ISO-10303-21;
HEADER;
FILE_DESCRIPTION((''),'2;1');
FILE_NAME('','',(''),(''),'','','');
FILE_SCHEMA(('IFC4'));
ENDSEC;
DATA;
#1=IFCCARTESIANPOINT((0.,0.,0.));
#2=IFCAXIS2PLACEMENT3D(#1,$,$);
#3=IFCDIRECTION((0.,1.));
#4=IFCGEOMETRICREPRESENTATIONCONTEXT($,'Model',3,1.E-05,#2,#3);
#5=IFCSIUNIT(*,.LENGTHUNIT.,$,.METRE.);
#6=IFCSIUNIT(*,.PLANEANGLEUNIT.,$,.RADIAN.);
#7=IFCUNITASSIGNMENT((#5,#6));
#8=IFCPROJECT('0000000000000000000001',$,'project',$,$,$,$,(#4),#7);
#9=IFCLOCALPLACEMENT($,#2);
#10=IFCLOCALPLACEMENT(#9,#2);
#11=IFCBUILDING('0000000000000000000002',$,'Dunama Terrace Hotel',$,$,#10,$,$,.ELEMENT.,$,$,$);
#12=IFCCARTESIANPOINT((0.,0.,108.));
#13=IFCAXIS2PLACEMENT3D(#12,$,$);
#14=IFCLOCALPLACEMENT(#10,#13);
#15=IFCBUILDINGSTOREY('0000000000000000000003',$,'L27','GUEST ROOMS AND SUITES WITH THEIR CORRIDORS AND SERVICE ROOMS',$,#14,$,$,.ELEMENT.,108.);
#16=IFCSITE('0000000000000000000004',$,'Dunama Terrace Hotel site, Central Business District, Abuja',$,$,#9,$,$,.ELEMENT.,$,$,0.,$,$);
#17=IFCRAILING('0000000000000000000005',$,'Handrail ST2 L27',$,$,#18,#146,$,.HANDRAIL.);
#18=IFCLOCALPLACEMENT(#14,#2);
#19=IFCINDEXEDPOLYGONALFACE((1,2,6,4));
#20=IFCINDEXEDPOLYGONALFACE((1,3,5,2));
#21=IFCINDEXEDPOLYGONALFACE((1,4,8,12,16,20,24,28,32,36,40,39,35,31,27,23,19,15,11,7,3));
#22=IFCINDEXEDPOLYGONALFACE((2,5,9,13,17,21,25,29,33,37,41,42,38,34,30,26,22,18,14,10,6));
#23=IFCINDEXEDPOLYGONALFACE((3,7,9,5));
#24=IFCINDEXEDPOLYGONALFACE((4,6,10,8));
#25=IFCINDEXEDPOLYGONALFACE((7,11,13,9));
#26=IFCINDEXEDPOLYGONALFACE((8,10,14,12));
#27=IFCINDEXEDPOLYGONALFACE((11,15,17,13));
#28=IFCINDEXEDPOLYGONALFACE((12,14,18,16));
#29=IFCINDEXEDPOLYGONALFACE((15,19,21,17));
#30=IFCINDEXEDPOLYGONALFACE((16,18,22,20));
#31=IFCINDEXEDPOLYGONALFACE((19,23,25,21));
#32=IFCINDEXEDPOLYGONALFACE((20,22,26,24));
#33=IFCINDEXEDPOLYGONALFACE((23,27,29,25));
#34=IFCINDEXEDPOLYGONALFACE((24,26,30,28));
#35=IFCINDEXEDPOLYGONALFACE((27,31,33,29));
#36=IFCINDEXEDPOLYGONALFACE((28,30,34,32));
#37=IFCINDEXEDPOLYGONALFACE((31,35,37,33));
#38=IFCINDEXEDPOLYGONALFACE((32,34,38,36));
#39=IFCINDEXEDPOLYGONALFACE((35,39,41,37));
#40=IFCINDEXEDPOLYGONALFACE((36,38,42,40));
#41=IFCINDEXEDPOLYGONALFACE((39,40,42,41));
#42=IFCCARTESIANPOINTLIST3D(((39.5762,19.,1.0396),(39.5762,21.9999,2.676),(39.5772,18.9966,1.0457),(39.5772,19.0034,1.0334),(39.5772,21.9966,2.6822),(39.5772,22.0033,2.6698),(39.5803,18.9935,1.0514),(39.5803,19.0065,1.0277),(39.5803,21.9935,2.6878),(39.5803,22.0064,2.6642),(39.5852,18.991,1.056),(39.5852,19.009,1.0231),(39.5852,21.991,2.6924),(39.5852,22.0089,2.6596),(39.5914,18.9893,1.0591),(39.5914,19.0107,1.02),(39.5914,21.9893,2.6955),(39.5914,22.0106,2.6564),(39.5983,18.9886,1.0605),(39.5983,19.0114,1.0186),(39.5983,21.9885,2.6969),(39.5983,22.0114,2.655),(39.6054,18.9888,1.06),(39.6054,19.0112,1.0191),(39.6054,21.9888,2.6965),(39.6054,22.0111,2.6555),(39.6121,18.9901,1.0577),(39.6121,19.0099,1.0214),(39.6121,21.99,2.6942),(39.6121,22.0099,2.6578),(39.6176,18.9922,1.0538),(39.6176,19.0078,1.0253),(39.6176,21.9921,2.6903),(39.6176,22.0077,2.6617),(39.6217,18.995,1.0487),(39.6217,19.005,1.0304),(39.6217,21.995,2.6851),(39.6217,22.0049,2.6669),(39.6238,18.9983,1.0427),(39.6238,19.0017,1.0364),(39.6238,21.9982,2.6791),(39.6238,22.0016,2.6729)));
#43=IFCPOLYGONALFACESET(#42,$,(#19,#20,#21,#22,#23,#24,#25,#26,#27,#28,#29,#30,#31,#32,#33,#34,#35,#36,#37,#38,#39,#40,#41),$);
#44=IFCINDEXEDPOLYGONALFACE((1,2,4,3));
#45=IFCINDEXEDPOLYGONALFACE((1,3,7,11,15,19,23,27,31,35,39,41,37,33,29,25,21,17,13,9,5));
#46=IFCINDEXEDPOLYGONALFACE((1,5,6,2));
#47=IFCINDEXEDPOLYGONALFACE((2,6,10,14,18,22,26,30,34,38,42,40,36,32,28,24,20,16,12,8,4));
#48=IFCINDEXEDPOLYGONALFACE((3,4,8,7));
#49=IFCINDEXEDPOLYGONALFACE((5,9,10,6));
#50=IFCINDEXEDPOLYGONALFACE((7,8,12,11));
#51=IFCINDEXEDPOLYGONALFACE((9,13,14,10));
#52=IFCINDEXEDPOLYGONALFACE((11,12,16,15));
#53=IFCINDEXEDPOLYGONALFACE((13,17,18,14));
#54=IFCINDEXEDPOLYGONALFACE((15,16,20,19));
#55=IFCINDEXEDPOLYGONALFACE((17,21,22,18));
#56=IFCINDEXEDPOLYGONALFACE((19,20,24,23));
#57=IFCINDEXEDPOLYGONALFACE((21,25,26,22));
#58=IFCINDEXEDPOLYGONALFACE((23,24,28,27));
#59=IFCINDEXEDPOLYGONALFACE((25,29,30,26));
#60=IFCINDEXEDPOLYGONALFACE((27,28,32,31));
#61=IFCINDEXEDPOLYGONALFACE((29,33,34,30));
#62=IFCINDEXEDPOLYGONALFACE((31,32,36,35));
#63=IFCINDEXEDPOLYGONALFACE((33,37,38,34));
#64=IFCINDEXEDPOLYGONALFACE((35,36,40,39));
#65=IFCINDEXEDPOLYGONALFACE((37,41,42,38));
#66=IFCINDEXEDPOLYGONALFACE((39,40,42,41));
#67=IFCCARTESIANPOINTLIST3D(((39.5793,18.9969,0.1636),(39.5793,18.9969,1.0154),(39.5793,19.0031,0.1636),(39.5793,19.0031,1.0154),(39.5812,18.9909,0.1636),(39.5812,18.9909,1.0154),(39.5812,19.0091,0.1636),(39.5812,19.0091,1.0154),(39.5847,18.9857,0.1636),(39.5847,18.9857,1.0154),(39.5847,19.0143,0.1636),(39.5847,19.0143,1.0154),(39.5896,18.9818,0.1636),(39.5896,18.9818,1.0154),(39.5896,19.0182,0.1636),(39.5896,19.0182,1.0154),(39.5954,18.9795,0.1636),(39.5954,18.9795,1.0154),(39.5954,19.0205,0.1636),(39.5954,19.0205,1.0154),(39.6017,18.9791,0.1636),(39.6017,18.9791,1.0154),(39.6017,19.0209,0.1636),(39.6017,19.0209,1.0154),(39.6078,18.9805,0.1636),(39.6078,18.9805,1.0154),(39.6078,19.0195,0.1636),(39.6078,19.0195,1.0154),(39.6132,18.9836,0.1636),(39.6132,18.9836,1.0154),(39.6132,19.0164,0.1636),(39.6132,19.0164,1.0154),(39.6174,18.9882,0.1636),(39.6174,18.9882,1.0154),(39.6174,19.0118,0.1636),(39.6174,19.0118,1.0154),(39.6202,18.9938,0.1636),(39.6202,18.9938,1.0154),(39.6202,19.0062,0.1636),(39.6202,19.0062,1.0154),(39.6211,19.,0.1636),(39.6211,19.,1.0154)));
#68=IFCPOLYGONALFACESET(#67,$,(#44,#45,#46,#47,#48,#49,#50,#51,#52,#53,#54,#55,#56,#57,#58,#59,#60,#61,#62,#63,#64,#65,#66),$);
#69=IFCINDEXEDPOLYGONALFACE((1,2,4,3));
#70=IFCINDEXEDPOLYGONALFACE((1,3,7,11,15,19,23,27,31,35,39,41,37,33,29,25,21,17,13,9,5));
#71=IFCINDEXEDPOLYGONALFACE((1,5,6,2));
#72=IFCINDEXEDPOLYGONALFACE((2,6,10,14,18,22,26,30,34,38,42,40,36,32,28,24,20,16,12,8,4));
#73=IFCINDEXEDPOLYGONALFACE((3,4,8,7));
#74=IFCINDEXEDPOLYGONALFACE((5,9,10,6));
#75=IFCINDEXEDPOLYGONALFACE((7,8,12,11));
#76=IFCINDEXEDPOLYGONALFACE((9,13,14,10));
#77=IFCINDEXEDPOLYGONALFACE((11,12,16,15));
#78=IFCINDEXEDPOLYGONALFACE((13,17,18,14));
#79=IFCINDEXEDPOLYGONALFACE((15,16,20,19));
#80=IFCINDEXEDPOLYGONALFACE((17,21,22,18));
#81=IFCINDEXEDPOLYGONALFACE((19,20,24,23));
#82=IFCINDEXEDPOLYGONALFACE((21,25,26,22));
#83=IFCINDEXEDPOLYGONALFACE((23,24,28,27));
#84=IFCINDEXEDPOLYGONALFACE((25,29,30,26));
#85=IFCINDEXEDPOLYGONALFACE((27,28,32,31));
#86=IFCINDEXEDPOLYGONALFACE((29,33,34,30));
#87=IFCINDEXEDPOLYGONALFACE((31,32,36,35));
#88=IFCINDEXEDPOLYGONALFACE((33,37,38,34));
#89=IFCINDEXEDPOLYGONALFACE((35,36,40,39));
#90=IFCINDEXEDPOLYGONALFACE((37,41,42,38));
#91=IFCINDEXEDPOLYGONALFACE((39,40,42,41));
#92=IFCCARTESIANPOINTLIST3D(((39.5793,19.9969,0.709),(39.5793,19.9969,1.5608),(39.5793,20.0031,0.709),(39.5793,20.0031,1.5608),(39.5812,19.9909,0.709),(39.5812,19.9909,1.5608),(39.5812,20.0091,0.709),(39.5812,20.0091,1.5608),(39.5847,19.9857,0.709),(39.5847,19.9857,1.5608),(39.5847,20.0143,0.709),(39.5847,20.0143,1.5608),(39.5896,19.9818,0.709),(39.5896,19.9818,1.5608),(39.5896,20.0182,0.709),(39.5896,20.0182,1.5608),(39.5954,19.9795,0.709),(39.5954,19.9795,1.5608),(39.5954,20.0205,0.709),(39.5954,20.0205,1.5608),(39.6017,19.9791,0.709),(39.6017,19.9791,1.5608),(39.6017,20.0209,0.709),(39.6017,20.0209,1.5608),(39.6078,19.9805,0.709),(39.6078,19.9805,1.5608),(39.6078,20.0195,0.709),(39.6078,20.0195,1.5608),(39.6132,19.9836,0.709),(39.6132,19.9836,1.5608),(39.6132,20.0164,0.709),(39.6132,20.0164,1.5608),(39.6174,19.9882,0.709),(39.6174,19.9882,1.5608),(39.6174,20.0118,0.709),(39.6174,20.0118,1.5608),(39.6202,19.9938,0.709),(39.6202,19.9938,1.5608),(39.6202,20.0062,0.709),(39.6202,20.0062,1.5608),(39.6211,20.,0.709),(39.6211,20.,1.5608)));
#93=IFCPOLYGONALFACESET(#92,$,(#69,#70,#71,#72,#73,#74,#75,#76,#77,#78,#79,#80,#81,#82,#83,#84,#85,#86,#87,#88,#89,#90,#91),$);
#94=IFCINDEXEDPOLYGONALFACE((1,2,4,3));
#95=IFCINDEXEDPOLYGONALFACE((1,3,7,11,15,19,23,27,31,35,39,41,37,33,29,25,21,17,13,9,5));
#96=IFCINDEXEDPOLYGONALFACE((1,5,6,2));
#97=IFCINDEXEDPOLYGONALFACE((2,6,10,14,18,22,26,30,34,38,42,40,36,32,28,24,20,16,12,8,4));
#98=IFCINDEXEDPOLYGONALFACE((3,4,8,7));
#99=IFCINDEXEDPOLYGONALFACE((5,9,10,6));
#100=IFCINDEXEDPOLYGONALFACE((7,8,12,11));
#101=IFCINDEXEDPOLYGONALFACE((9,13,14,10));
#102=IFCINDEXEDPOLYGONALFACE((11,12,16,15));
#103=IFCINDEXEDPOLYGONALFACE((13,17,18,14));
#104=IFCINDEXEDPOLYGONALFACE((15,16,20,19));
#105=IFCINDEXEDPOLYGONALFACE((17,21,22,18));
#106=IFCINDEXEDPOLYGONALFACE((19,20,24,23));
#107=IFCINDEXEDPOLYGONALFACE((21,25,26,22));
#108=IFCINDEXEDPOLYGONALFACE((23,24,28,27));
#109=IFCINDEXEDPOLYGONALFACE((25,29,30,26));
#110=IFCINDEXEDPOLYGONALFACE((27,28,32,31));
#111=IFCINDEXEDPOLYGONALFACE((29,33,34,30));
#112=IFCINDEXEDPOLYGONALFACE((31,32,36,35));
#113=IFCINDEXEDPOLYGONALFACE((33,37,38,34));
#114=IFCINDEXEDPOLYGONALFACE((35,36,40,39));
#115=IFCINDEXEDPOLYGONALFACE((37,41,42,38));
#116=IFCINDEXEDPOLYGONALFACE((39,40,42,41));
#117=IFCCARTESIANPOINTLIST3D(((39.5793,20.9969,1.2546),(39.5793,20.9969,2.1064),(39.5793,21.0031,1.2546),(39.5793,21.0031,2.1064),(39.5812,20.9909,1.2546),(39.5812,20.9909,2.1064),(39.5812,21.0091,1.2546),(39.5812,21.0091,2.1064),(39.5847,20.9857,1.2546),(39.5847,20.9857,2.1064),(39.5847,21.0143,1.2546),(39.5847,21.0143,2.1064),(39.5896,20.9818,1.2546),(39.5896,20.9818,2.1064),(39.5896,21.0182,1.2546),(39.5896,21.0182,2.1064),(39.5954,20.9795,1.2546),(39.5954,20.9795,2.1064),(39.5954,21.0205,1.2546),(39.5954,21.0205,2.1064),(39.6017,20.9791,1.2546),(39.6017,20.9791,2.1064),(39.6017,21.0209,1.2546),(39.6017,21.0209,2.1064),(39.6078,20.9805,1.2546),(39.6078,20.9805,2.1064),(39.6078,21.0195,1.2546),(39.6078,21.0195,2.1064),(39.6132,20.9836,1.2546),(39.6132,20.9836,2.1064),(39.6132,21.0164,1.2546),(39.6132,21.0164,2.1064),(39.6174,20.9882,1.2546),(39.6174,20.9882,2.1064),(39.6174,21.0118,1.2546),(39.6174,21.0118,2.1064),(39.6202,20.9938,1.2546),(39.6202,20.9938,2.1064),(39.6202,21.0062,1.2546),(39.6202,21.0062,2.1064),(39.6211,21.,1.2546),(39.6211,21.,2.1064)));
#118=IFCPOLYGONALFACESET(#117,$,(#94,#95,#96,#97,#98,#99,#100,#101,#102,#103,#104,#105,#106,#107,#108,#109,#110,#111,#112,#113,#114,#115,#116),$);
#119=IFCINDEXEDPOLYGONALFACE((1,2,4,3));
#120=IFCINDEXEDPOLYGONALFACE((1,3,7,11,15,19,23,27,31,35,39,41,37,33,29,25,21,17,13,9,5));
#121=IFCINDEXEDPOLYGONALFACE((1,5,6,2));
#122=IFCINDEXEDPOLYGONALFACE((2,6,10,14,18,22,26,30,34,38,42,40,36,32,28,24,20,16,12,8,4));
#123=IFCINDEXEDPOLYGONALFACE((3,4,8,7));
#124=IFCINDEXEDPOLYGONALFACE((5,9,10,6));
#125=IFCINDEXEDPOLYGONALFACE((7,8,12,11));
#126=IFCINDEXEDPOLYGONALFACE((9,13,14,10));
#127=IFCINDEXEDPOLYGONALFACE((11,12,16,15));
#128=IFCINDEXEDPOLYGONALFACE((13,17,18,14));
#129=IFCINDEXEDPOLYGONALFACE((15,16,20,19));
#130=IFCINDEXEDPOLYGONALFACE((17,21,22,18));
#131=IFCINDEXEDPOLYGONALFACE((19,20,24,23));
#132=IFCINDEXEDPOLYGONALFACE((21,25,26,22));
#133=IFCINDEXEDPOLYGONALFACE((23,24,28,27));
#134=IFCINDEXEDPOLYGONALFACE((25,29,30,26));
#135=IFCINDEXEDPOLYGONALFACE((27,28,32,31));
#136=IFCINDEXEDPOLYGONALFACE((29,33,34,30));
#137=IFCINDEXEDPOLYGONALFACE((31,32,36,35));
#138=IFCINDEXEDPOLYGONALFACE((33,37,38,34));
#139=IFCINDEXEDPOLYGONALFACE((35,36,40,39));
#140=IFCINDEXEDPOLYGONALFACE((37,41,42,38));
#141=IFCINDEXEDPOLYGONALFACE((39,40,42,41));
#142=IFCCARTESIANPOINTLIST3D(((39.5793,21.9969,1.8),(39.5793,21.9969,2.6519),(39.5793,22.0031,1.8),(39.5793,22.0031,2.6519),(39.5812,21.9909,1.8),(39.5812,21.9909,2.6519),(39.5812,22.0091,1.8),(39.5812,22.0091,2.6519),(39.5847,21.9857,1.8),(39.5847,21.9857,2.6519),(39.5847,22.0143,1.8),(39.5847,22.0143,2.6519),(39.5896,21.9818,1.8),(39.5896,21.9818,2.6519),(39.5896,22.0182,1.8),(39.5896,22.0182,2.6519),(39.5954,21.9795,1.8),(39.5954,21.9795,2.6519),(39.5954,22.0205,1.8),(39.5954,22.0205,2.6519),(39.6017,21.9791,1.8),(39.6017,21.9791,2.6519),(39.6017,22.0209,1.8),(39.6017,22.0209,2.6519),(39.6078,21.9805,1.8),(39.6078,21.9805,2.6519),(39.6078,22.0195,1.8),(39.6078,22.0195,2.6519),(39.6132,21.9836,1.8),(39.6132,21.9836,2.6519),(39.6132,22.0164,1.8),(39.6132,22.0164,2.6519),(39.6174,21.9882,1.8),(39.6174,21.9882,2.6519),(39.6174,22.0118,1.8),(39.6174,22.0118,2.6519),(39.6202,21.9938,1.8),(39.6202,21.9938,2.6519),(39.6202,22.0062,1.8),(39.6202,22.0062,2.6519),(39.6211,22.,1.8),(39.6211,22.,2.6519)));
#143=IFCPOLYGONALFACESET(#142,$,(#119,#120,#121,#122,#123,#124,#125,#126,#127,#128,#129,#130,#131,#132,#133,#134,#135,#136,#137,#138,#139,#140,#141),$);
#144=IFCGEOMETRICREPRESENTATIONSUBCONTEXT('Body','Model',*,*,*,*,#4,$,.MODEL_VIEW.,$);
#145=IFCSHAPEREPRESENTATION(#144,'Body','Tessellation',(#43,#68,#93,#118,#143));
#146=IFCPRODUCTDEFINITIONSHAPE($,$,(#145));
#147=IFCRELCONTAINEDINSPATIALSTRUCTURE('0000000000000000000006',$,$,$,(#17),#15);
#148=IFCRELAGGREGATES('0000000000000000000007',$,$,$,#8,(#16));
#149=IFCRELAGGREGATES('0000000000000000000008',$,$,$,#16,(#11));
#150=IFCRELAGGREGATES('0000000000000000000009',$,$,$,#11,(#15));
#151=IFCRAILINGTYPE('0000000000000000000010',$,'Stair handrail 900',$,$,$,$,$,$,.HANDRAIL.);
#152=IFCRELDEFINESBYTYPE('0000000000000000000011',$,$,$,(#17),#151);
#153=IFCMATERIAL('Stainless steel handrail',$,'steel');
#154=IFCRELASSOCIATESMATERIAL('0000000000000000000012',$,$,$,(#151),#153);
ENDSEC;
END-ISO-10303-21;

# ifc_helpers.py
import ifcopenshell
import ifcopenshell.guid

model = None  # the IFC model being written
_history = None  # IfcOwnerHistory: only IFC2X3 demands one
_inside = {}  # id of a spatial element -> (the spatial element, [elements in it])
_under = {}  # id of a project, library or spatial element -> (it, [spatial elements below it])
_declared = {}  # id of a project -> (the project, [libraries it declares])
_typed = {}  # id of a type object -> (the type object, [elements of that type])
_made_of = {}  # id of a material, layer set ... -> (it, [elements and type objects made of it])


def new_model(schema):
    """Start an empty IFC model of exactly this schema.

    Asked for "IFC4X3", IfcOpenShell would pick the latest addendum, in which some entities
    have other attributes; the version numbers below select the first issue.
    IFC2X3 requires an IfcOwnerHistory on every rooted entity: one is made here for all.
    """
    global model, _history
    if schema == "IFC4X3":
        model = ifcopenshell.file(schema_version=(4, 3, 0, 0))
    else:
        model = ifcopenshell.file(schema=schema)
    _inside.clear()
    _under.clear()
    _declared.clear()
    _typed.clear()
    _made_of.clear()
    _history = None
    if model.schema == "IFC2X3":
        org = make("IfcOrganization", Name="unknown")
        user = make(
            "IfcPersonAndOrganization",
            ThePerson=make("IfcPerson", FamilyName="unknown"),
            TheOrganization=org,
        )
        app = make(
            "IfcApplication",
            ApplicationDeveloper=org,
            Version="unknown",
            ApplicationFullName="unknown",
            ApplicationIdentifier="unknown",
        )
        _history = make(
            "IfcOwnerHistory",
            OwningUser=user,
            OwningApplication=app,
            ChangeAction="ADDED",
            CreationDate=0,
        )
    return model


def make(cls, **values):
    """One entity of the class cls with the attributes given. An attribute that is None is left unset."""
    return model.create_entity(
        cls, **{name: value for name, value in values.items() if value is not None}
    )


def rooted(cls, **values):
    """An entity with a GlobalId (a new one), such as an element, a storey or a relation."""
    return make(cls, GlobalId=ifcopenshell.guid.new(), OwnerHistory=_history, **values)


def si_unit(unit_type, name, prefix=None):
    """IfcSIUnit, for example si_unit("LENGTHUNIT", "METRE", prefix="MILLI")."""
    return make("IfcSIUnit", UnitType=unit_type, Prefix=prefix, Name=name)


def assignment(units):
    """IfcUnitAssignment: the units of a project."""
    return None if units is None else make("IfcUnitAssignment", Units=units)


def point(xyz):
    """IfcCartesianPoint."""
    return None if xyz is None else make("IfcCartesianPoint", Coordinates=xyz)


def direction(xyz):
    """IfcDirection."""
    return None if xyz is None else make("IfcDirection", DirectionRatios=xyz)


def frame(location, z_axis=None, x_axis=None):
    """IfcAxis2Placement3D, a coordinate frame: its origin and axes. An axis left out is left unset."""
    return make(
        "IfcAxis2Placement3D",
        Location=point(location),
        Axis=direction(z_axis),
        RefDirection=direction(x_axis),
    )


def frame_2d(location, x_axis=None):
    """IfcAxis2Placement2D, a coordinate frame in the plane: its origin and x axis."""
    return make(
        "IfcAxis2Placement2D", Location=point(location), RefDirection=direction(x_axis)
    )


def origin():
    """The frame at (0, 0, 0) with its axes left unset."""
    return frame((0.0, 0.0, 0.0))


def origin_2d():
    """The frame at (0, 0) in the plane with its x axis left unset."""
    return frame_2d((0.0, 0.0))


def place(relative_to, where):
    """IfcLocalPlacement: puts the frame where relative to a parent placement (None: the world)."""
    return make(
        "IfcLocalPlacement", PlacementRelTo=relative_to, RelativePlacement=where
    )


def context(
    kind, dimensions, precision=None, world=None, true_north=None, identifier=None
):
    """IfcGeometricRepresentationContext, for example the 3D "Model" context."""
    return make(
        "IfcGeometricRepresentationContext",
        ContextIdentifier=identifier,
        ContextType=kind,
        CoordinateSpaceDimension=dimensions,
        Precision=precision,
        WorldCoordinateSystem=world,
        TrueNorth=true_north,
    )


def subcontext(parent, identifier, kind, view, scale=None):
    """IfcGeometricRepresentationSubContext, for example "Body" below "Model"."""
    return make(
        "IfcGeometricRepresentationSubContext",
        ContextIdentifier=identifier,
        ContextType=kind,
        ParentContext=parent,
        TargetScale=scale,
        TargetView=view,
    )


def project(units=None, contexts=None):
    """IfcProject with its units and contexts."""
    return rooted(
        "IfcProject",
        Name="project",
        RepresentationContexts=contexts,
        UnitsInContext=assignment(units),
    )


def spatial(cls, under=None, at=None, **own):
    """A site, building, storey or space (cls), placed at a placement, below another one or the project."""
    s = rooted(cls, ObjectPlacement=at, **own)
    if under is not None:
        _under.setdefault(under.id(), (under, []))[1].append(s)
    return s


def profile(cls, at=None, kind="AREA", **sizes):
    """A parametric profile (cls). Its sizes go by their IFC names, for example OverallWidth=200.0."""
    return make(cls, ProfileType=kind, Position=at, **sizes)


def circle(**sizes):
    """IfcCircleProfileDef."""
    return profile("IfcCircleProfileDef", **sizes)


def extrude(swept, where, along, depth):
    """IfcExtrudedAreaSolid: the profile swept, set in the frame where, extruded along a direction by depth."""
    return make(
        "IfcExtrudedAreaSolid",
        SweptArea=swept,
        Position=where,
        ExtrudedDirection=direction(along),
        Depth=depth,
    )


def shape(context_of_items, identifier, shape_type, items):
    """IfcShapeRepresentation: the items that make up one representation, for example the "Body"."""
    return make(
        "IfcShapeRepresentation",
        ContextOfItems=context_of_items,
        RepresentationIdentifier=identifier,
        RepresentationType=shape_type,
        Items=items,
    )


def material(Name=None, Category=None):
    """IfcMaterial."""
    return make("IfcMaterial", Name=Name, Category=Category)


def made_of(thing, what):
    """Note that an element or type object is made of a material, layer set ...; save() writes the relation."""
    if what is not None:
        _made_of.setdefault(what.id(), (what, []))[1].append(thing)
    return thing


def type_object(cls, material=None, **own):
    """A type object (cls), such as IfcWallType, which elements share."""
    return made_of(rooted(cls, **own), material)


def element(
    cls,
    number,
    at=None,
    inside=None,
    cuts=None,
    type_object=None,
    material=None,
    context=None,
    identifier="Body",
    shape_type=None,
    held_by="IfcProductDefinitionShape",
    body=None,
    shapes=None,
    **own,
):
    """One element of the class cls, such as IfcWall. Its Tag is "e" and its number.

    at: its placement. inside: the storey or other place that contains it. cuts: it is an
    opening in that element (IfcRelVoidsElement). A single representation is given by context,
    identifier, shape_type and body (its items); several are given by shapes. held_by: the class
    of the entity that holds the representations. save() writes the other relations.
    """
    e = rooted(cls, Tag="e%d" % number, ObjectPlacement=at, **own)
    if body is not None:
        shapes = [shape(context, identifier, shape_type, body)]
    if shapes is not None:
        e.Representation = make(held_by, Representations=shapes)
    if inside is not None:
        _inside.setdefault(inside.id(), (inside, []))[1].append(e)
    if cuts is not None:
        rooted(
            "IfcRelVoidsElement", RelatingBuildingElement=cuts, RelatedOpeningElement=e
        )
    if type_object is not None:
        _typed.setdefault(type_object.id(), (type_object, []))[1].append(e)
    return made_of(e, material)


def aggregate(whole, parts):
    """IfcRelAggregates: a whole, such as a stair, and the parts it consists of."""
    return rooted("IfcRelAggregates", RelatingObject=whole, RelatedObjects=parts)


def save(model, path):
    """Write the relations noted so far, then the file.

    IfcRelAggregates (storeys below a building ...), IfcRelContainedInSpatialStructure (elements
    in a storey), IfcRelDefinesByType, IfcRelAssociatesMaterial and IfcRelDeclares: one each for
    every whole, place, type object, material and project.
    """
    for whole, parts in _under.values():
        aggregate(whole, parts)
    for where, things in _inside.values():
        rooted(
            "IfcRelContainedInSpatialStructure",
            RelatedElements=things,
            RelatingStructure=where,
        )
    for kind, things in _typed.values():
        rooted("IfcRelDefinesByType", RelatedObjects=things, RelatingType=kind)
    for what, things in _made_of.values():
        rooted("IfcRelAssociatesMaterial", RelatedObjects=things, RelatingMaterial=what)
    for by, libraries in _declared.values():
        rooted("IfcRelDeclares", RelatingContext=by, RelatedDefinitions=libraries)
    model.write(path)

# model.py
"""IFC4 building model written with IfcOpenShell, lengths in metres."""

from ifc_helpers import new_model, si_unit, direction, frame, origin, origin_2d, place, context, subcontext, project, spatial, circle, extrude, material, type_object, element, save


model = new_model("IFC4")

# Units and contexts
model_context = context("Model", 3, precision=1e-05, world=origin(), true_north=direction((0.0, 1.0)))
body_context = subcontext(model_context, "Body", "Model", "MODEL_VIEW")
ifc_project = project(units=[si_unit("LENGTHUNIT", "METRE"), si_unit("PLANEANGLEUNIT", "RADIAN")], contexts=[model_context])

# Site, building, storey
site_placement = place(None, origin())
site = spatial("IfcSite", under=ifc_project, at=site_placement, Name="Dunama Terrace Hotel site, Central Business District, Abuja", CompositionType="ELEMENT", RefElevation=0.0)
building_placement = place(site_placement, origin())
building = spatial("IfcBuilding", under=site, at=building_placement, Name="Dunama Terrace Hotel", CompositionType="ELEMENT")
storey_placement = place(building_placement, frame((0.0, 0.0, 108.0)))
storey = spatial("IfcBuildingStorey", under=building, at=storey_placement, Name="L27", Description="GUEST ROOMS AND SUITES WITH THEIR CORRIDORS AND SERVICE ROOMS", CompositionType="ELEMENT", Elevation=108.0)

# Railing
ifc_material_1 = material(Name="Stainless steel handrail", Category="steel")
railing_type = type_object("IfcRailingType", Name="Stair handrail 900", PredefinedType="HANDRAIL", material=ifc_material_1)
railing_1_placement = place(storey_placement, frame((39.6001, 19.0, 0.1636)))
element("IfcRailing", 1, at=railing_1_placement, inside=storey, type_object=railing_type, Name="Handrail ST2 L27", PredefinedType="HANDRAIL", context=body_context, shape_type="SweptSolid", body=[
    extrude(circle(Radius=0.0239, at=origin_2d()), frame((0.0, 0.0, 0.876), z_axis=(0.0, 0.877882, 0.478877), x_axis=(-1.0, 0.0, 0.0)), (0.0, 0.0, 1.0), 3.4172),
    extrude(circle(Radius=0.021, at=origin_2d()), origin(), (0.0, 0.0, 1.0), 0.8518),
    extrude(circle(Radius=0.021, at=origin_2d()), frame((0.0, 1.0, 0.5454)), (0.0, 0.0, 1.0), 0.8518),
    extrude(circle(Radius=0.021, at=origin_2d()), frame((0.0, 2.0, 1.0911)), (0.0, 0.0, 1.0), 0.8518),
    extrude(circle(Radius=0.021, at=origin_2d()), frame((0.0, 3.0, 1.6365)), (0.0, 0.0, 1.0), 0.8518),
])

save(model, "model.ifc")
